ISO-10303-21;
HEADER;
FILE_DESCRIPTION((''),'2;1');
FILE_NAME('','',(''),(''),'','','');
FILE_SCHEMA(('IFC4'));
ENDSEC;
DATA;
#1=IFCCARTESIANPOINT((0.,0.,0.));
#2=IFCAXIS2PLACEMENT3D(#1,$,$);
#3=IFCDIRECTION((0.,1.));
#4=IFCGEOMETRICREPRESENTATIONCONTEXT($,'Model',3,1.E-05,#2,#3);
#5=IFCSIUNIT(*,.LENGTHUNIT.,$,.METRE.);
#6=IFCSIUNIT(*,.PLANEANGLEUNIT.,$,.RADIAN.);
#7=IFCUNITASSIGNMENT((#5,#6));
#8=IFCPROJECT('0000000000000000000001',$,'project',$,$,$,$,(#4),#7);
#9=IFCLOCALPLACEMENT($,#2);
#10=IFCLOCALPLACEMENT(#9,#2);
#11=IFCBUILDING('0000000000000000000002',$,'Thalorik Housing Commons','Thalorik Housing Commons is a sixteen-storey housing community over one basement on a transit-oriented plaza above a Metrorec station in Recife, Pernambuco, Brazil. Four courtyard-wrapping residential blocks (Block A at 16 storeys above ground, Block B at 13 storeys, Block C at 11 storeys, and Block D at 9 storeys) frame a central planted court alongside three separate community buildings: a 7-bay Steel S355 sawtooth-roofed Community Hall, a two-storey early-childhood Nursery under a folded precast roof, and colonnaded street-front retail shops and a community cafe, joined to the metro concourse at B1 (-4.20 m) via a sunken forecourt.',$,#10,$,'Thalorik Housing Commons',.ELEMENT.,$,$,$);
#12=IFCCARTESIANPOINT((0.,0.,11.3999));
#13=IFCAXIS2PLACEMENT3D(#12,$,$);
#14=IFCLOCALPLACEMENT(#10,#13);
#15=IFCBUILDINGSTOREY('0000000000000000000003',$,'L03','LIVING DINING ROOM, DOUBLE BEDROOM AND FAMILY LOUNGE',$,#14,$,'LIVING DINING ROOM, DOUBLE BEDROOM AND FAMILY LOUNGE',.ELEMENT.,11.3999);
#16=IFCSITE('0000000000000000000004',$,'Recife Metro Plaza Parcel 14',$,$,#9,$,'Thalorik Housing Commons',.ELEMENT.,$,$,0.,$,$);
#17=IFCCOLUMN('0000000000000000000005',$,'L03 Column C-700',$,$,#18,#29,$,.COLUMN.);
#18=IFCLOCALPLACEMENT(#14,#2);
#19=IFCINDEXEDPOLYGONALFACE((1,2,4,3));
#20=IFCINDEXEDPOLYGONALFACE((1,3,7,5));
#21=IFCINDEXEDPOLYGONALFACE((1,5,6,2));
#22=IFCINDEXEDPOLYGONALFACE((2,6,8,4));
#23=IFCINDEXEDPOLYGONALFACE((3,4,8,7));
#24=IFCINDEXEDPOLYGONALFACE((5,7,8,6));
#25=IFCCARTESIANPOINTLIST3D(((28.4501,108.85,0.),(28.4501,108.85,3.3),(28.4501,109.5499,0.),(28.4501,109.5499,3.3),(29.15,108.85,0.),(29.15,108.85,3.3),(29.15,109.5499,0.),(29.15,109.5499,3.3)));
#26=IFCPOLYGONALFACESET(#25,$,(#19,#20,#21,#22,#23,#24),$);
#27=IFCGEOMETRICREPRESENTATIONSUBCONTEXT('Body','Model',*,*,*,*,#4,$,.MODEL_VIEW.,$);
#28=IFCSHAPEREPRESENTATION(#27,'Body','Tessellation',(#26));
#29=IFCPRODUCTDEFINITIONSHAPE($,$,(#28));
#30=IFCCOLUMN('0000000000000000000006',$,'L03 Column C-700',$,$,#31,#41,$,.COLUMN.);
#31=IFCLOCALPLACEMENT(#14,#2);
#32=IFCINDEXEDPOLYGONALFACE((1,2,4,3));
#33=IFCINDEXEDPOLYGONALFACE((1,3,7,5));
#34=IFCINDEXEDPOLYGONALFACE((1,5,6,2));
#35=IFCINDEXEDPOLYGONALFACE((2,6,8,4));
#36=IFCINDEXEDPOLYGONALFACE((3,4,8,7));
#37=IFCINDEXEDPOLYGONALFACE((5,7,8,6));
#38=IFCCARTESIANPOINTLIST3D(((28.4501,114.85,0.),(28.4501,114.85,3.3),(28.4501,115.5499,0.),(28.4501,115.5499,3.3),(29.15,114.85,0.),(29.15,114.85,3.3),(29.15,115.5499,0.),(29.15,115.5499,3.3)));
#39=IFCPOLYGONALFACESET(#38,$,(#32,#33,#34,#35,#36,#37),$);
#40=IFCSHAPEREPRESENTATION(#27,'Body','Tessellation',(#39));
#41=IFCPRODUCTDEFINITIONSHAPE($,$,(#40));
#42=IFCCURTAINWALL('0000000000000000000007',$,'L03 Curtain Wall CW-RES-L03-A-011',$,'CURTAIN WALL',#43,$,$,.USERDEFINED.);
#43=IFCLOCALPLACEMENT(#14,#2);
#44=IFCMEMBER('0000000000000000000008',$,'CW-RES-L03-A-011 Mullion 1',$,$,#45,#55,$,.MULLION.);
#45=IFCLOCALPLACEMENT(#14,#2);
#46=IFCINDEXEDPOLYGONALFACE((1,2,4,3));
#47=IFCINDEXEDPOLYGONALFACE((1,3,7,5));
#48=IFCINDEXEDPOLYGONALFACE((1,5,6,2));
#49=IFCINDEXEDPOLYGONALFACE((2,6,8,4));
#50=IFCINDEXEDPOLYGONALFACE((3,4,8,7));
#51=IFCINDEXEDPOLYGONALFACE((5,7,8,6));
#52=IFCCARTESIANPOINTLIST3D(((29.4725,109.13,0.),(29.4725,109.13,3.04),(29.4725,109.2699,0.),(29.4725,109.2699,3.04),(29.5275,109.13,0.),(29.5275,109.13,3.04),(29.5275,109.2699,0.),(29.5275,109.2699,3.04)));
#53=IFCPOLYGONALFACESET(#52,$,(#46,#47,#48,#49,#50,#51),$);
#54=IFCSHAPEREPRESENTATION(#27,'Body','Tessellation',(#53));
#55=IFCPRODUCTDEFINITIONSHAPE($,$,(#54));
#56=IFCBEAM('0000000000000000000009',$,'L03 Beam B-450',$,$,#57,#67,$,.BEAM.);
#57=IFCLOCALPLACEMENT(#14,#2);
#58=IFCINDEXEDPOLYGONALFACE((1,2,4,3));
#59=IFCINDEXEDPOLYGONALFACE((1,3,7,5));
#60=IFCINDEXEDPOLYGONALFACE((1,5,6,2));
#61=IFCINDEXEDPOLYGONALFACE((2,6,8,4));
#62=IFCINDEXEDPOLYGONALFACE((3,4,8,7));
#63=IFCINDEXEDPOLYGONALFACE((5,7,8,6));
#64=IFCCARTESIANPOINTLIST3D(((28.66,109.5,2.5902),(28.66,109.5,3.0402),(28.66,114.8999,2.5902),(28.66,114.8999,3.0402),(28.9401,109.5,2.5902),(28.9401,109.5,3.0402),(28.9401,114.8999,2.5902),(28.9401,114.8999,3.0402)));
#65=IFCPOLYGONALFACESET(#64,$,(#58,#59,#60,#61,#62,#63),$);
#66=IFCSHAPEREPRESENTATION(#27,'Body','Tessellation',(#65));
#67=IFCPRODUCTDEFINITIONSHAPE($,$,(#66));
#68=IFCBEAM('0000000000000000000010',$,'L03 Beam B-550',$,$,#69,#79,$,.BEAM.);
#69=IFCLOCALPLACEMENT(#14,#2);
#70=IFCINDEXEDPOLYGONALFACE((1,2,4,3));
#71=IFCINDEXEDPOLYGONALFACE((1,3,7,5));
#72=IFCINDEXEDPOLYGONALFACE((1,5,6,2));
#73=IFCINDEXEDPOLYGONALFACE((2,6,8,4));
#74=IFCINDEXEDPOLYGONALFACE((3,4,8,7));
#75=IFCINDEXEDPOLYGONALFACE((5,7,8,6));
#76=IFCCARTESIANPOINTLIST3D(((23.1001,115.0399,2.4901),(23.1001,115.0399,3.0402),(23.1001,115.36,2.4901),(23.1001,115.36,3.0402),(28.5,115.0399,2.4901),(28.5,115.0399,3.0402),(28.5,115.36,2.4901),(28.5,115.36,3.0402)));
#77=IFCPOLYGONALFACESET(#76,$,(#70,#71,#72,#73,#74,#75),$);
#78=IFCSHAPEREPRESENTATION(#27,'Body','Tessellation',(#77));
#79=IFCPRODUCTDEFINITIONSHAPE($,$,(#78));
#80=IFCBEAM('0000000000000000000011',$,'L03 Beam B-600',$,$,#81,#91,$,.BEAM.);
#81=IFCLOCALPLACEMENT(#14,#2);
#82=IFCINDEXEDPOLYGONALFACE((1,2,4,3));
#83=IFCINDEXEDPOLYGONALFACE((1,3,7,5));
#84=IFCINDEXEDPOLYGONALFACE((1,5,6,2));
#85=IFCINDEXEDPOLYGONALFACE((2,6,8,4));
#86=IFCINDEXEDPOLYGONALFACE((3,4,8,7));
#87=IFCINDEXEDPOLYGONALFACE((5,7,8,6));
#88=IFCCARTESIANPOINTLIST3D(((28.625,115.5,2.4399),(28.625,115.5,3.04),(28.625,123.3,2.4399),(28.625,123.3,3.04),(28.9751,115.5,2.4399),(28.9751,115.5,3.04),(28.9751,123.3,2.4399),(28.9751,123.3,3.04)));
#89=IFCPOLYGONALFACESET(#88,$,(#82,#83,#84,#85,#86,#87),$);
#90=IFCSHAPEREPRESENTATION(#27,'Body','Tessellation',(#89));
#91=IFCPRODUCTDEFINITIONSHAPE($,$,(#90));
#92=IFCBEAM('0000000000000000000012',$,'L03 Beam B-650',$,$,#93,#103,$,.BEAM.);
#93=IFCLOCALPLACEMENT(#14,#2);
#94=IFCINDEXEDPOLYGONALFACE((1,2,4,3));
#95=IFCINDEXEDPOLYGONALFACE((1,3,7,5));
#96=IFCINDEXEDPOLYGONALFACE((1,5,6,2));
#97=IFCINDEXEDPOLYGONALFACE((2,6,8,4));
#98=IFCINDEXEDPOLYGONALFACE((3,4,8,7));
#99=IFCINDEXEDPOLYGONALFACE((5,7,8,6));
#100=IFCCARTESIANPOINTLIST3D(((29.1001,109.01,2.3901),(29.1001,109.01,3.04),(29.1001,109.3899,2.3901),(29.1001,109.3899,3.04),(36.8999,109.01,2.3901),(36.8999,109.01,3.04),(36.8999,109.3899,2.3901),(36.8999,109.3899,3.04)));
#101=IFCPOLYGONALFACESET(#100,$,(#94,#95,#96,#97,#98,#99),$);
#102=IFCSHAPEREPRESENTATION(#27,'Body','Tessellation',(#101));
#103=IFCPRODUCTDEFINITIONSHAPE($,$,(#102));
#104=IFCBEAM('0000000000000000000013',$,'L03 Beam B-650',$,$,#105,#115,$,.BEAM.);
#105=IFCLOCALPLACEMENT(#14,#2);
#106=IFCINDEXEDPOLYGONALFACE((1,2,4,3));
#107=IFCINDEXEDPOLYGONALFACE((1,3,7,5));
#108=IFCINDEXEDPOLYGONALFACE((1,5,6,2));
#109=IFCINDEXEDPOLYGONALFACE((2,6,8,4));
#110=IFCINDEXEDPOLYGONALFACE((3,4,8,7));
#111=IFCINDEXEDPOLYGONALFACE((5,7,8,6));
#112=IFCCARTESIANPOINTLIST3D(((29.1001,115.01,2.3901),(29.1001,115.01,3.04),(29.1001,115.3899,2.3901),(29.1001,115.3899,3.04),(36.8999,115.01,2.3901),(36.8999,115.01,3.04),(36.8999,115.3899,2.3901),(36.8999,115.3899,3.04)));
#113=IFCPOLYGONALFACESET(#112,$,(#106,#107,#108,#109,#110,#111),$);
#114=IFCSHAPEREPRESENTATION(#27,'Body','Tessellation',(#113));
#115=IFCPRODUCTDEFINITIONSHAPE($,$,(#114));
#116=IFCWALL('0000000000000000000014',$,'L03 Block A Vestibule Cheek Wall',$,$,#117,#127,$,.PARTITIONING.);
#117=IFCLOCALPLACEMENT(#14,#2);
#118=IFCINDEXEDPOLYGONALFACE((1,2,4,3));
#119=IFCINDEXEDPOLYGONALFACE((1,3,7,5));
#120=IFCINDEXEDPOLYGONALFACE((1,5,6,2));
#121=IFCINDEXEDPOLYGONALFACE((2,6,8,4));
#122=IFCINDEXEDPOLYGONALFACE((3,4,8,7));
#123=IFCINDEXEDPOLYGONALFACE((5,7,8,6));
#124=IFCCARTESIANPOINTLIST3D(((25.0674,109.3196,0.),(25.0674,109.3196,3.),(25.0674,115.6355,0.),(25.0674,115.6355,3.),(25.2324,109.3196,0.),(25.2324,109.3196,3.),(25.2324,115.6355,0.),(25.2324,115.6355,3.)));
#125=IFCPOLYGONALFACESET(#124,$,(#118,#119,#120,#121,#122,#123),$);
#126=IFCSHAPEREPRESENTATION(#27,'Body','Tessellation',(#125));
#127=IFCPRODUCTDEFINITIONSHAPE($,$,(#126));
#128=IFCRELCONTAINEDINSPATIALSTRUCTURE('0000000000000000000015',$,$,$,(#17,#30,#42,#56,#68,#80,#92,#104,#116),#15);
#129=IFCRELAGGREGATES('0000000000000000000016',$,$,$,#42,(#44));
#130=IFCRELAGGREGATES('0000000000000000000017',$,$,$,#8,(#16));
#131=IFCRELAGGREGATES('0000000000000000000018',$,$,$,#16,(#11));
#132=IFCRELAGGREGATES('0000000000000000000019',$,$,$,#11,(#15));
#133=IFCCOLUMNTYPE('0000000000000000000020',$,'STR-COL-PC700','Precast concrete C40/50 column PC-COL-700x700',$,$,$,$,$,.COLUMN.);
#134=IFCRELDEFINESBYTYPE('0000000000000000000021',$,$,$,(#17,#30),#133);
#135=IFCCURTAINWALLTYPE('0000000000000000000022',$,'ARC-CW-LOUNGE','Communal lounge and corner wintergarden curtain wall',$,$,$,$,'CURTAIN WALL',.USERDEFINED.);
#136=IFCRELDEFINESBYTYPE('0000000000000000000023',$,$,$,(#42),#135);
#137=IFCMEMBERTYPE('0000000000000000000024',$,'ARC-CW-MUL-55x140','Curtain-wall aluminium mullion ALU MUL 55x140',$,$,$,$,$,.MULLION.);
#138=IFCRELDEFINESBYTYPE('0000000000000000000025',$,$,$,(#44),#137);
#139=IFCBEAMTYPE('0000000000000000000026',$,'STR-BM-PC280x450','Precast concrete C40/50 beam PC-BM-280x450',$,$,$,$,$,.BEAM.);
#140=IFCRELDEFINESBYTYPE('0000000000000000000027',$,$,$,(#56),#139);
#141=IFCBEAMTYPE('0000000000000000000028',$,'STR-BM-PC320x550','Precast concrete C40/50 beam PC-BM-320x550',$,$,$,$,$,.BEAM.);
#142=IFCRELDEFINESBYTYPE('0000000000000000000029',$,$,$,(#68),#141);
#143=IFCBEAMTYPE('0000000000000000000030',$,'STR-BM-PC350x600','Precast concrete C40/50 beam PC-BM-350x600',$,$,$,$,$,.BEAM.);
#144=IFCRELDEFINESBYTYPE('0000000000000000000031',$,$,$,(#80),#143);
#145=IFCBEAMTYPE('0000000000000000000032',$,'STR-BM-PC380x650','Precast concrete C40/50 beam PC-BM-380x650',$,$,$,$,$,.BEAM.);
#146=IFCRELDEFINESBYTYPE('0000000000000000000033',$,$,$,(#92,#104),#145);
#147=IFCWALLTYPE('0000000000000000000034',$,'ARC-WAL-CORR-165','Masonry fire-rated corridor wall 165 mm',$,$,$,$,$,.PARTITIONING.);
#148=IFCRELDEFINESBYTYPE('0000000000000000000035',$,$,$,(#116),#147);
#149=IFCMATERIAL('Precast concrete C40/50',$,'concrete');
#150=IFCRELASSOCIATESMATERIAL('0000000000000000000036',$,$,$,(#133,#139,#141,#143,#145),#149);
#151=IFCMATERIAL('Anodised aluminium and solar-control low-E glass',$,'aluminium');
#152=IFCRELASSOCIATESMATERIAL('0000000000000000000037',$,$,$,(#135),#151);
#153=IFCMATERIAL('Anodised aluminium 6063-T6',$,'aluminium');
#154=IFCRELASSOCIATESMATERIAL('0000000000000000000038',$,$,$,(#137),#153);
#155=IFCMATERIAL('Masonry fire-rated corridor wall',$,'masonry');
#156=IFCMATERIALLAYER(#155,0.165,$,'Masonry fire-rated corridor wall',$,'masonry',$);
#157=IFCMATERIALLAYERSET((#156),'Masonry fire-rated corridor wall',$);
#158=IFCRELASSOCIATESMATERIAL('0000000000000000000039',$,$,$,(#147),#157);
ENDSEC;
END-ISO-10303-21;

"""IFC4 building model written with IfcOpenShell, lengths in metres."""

from ifc_helpers import new_model, si_unit, direction, frame, frame_2d, origin, origin_2d, place, context, subcontext, project, spatial, rectangle, extrude, material, layer, layer_set, material_profile, profile_set, type_object, element, aggregate, save


model = new_model("IFC4")

# Units and contexts
model_context = context("Model", 3, precision=1e-05, world=origin(), true_north=direction((0.0, 1.0)))
body_context = subcontext(model_context, "Body", "Model", "MODEL_VIEW")
ifc_project = project(units=[si_unit("LENGTHUNIT", "METRE"), si_unit("PLANEANGLEUNIT", "RADIAN")], contexts=[model_context])

# Site, building, storey
site_placement = place(None, origin())
site = spatial("IfcSite", under=ifc_project, at=site_placement, Name="Recife Metro Plaza Parcel 14", LongName="Thalorik Housing Commons", CompositionType="ELEMENT", RefElevation=0.0)
building_placement = place(site_placement, origin())
building = spatial("IfcBuilding", under=site, at=building_placement, Name="Thalorik Housing Commons", Description="Thalorik Housing Commons is a sixteen-storey housing community over one basement on a transit-oriented plaza above a Metrorec station in Recife, Pernambuco, Brazil. Four courtyard-wrapping residential blocks (Block A at 16 storeys above ground, Block B at 13 storeys, Block C at 11 storeys, and Block D at 9 storeys) frame a central planted court alongside three separate community buildings: a 7-bay Steel S355 sawtooth-roofed Community Hall, a two-storey early-childhood Nursery under a folded precast roof, and colonnaded street-front retail shops and a community cafe, joined to the metro concourse at B1 (-4.20 m) via a sunken forecourt.", LongName="Thalorik Housing Commons", CompositionType="ELEMENT")
storey_placement = place(building_placement, frame((0.0, 0.0, 11.3999)))
storey = spatial("IfcBuildingStorey", under=building, at=storey_placement, Name="L03", Description="LIVING DINING ROOM, DOUBLE BEDROOM AND FAMILY LOUNGE", LongName="LIVING DINING ROOM, DOUBLE BEDROOM AND FAMILY LOUNGE", CompositionType="ELEMENT", Elevation=11.3999)

# Columns
ifc_material_1 = material(Name="Precast concrete C40/50", Category="concrete")
ifc_material_profile_1 = material_profile(ifc_material_1, rectangle(XDim=0.7, YDim=0.7, at=origin_2d()), Name="PC 700x700", Category="concrete")
ifc_profile_set_1 = profile_set([ifc_material_profile_1], Name="Precast concrete C40/50")
column_type = type_object("IfcColumnType", Name="STR-COL-PC700", Description="Precast concrete C40/50 column PC-COL-700x700", PredefinedType="COLUMN", material=ifc_profile_set_1)
for number, where, z_axis, x_axis, name in (
    (1, (28.8, 109.2, 0.0), (0.0, 0.0, 1.0), (1.0, 0.0, 0.0), "L03 Column C-700"),
    (2, (28.8, 115.2, 0.0), (0.0, 0.0, 1.0), (1.0, 0.0, 0.0), "L03 Column C-700"),
):
    element("IfcColumn", number, at=place(storey_placement, frame(where, z_axis=z_axis, x_axis=x_axis)), inside=storey, type_object=column_type, Name=name, PredefinedType="COLUMN", context=body_context, shape_type="SweptSolid", body=[
        extrude(rectangle(XDim=0.7, YDim=0.7, at=origin_2d()), origin(), (0.0, 0.0, 1.0), 3.3),
    ])

# Curtain wall, member
ifc_material_2 = material(Name="Anodised aluminium and solar-control low-E glass", Category="aluminium")
curtain_wall_type = type_object("IfcCurtainWallType", Name="ARC-CW-LOUNGE", Description="Communal lounge and corner wintergarden curtain wall", ElementType="CURTAIN WALL", PredefinedType="USERDEFINED", material=ifc_material_2)
curtain_wall_placement = place(storey_placement, origin())
curtain_wall = element("IfcCurtainWall", 3, at=curtain_wall_placement, inside=storey, type_object=curtain_wall_type, Name="L03 Curtain Wall CW-RES-L03-A-011", ObjectType="CURTAIN WALL", PredefinedType="USERDEFINED")
ifc_material_3 = material(Name="Anodised aluminium 6063-T6", Category="aluminium")
ifc_material_profile_2 = material_profile(ifc_material_3, rectangle(XDim=0.0549, YDim=0.1399, at=origin_2d()), Name="ALU MUL 55x140", Category="aluminium")
ifc_profile_set_2 = profile_set([ifc_material_profile_2], Name="Anodised aluminium 6063-T6")
member_type = type_object("IfcMemberType", Name="ARC-CW-MUL-55x140", Description="Curtain-wall aluminium mullion ALU MUL 55x140", PredefinedType="MULLION", material=ifc_profile_set_2)
member_placement = place(storey_placement, frame((29.5, 109.2, 0.0), z_axis=(0.0, 0.0, 1.0), x_axis=(1.0, 0.0, 0.0)))
member = element("IfcMember", 4, at=member_placement, type_object=member_type, Name="CW-RES-L03-A-011 Mullion 1", PredefinedType="MULLION", context=body_context, shape_type="SweptSolid", body=[
    extrude(rectangle(XDim=0.0549, YDim=0.1399, at=origin_2d()), origin(), (0.0, 0.0, 1.0), 3.04),
])
aggregate(curtain_wall, [member])

# Beams
ifc_material_profile_3 = material_profile(ifc_material_1, rectangle(XDim=0.28, YDim=0.45, at=origin_2d()), Name="PC 280x450", Category="concrete")
ifc_profile_set_3 = profile_set([ifc_material_profile_3], Name="Precast concrete C40/50")
beam_type_1 = type_object("IfcBeamType", Name="STR-BM-PC280x450", Description="Precast concrete C40/50 beam PC-BM-280x450", PredefinedType="BEAM", material=ifc_profile_set_3)
beam_1_placement = place(storey_placement, frame((28.8, 109.5, 2.8152), z_axis=(0.0, 1.0, 0.0), x_axis=(-1.0, 0.0, 0.0)))
element("IfcBeam", 5, at=beam_1_placement, inside=storey, type_object=beam_type_1, Name="L03 Beam B-450", PredefinedType="BEAM", context=body_context, shape_type="SweptSolid", body=[
    extrude(rectangle(XDim=0.28, YDim=0.45, at=origin_2d()), origin(), (0.0, 0.0, 1.0), 5.3999),
])
ifc_material_profile_4 = material_profile(ifc_material_1, rectangle(XDim=0.3201, YDim=0.55, at=origin_2d()), Name="PC 320x550", Category="concrete")
ifc_profile_set_4 = profile_set([ifc_material_profile_4], Name="Precast concrete C40/50")
beam_type_2 = type_object("IfcBeamType", Name="STR-BM-PC320x550", Description="Precast concrete C40/50 beam PC-BM-320x550", PredefinedType="BEAM", material=ifc_profile_set_4)
beam_2_placement = place(storey_placement, frame((23.1001, 115.2, 2.7651), z_axis=(1.0, 0.0, 0.0), x_axis=(0.0, 1.0, 0.0)))
element("IfcBeam", 6, at=beam_2_placement, inside=storey, type_object=beam_type_2, Name="L03 Beam B-550", PredefinedType="BEAM", context=body_context, shape_type="SweptSolid", body=[
    extrude(rectangle(XDim=0.3201, YDim=0.55, at=origin_2d()), origin(), (0.0, 0.0, 1.0), 5.3999),
])
ifc_material_profile_5 = material_profile(ifc_material_1, rectangle(XDim=0.3501, YDim=0.6001, at=origin_2d()), Name="PC 350x600", Category="concrete")
ifc_profile_set_5 = profile_set([ifc_material_profile_5], Name="Precast concrete C40/50")
beam_type_3 = type_object("IfcBeamType", Name="STR-BM-PC350x600", Description="Precast concrete C40/50 beam PC-BM-350x600", PredefinedType="BEAM", material=ifc_profile_set_5)
beam_3_placement = place(storey_placement, frame((28.8, 115.5, 2.74), z_axis=(0.0, 1.0, 0.0), x_axis=(-1.0, 0.0, 0.0)))
element("IfcBeam", 7, at=beam_3_placement, inside=storey, type_object=beam_type_3, Name="L03 Beam B-600", PredefinedType="BEAM", context=body_context, shape_type="SweptSolid", body=[
    extrude(rectangle(XDim=0.3501, YDim=0.6001, at=origin_2d()), origin(), (0.0, 0.0, 1.0), 7.8),
])
ifc_material_profile_6 = material_profile(ifc_material_1, rectangle(XDim=0.3799, YDim=0.6499, at=origin_2d()), Name="PC 380x650", Category="concrete")
ifc_profile_set_6 = profile_set([ifc_material_profile_6], Name="Precast concrete C40/50")
beam_type_4 = type_object("IfcBeamType", Name="STR-BM-PC380x650", Description="Precast concrete C40/50 beam PC-BM-380x650", PredefinedType="BEAM", material=ifc_profile_set_6)
for number, where, z_axis, x_axis, name in (
    (8, (29.1001, 109.2, 2.7151), (1.0, 0.0, 0.0), (0.0, 1.0, 0.0), "L03 Beam B-650"),
    (9, (29.1001, 115.2, 2.7151), (1.0, 0.0, 0.0), (0.0, 1.0, 0.0), "L03 Beam B-650"),
):
    element("IfcBeam", number, at=place(storey_placement, frame(where, z_axis=z_axis, x_axis=x_axis)), inside=storey, type_object=beam_type_4, Name=name, PredefinedType="BEAM", context=body_context, shape_type="SweptSolid", body=[
        extrude(rectangle(XDim=0.3799, YDim=0.6499, at=origin_2d()), origin(), (0.0, 0.0, 1.0), 7.7998),
    ])

# Wall
ifc_material_4 = material(Name="Masonry fire-rated corridor wall", Category="masonry")
ifc_layer_1 = layer(ifc_material_4, 0.165, Name="Masonry fire-rated corridor wall", Category="masonry")
ifc_layer_set_1 = layer_set([ifc_layer_1], Name="Masonry fire-rated corridor wall")
wall_type_1 = type_object("IfcWallType", Name="ARC-WAL-CORR-165", Description="Masonry fire-rated corridor wall 165 mm", PredefinedType="PARTITIONING", material=ifc_layer_set_1)
wall_1_placement = place(storey_placement, frame((25.1499, 109.3196, 0.0), z_axis=(0.0, 0.0, 1.0), x_axis=(0.0, 1.0, 0.0)))
element("IfcWall", 10, at=wall_1_placement, inside=storey, type_object=wall_type_1, Name="L03 Block A Vestibule Cheek Wall", PredefinedType="PARTITIONING", context=body_context, shape_type="SweptSolid", body=[
    extrude(rectangle(XDim=6.3159, YDim=0.165, at=frame_2d((3.158, 0.0))), origin(), (0.0, 0.0, 1.0), 3.0),
])

save(model, "model.ifc")
